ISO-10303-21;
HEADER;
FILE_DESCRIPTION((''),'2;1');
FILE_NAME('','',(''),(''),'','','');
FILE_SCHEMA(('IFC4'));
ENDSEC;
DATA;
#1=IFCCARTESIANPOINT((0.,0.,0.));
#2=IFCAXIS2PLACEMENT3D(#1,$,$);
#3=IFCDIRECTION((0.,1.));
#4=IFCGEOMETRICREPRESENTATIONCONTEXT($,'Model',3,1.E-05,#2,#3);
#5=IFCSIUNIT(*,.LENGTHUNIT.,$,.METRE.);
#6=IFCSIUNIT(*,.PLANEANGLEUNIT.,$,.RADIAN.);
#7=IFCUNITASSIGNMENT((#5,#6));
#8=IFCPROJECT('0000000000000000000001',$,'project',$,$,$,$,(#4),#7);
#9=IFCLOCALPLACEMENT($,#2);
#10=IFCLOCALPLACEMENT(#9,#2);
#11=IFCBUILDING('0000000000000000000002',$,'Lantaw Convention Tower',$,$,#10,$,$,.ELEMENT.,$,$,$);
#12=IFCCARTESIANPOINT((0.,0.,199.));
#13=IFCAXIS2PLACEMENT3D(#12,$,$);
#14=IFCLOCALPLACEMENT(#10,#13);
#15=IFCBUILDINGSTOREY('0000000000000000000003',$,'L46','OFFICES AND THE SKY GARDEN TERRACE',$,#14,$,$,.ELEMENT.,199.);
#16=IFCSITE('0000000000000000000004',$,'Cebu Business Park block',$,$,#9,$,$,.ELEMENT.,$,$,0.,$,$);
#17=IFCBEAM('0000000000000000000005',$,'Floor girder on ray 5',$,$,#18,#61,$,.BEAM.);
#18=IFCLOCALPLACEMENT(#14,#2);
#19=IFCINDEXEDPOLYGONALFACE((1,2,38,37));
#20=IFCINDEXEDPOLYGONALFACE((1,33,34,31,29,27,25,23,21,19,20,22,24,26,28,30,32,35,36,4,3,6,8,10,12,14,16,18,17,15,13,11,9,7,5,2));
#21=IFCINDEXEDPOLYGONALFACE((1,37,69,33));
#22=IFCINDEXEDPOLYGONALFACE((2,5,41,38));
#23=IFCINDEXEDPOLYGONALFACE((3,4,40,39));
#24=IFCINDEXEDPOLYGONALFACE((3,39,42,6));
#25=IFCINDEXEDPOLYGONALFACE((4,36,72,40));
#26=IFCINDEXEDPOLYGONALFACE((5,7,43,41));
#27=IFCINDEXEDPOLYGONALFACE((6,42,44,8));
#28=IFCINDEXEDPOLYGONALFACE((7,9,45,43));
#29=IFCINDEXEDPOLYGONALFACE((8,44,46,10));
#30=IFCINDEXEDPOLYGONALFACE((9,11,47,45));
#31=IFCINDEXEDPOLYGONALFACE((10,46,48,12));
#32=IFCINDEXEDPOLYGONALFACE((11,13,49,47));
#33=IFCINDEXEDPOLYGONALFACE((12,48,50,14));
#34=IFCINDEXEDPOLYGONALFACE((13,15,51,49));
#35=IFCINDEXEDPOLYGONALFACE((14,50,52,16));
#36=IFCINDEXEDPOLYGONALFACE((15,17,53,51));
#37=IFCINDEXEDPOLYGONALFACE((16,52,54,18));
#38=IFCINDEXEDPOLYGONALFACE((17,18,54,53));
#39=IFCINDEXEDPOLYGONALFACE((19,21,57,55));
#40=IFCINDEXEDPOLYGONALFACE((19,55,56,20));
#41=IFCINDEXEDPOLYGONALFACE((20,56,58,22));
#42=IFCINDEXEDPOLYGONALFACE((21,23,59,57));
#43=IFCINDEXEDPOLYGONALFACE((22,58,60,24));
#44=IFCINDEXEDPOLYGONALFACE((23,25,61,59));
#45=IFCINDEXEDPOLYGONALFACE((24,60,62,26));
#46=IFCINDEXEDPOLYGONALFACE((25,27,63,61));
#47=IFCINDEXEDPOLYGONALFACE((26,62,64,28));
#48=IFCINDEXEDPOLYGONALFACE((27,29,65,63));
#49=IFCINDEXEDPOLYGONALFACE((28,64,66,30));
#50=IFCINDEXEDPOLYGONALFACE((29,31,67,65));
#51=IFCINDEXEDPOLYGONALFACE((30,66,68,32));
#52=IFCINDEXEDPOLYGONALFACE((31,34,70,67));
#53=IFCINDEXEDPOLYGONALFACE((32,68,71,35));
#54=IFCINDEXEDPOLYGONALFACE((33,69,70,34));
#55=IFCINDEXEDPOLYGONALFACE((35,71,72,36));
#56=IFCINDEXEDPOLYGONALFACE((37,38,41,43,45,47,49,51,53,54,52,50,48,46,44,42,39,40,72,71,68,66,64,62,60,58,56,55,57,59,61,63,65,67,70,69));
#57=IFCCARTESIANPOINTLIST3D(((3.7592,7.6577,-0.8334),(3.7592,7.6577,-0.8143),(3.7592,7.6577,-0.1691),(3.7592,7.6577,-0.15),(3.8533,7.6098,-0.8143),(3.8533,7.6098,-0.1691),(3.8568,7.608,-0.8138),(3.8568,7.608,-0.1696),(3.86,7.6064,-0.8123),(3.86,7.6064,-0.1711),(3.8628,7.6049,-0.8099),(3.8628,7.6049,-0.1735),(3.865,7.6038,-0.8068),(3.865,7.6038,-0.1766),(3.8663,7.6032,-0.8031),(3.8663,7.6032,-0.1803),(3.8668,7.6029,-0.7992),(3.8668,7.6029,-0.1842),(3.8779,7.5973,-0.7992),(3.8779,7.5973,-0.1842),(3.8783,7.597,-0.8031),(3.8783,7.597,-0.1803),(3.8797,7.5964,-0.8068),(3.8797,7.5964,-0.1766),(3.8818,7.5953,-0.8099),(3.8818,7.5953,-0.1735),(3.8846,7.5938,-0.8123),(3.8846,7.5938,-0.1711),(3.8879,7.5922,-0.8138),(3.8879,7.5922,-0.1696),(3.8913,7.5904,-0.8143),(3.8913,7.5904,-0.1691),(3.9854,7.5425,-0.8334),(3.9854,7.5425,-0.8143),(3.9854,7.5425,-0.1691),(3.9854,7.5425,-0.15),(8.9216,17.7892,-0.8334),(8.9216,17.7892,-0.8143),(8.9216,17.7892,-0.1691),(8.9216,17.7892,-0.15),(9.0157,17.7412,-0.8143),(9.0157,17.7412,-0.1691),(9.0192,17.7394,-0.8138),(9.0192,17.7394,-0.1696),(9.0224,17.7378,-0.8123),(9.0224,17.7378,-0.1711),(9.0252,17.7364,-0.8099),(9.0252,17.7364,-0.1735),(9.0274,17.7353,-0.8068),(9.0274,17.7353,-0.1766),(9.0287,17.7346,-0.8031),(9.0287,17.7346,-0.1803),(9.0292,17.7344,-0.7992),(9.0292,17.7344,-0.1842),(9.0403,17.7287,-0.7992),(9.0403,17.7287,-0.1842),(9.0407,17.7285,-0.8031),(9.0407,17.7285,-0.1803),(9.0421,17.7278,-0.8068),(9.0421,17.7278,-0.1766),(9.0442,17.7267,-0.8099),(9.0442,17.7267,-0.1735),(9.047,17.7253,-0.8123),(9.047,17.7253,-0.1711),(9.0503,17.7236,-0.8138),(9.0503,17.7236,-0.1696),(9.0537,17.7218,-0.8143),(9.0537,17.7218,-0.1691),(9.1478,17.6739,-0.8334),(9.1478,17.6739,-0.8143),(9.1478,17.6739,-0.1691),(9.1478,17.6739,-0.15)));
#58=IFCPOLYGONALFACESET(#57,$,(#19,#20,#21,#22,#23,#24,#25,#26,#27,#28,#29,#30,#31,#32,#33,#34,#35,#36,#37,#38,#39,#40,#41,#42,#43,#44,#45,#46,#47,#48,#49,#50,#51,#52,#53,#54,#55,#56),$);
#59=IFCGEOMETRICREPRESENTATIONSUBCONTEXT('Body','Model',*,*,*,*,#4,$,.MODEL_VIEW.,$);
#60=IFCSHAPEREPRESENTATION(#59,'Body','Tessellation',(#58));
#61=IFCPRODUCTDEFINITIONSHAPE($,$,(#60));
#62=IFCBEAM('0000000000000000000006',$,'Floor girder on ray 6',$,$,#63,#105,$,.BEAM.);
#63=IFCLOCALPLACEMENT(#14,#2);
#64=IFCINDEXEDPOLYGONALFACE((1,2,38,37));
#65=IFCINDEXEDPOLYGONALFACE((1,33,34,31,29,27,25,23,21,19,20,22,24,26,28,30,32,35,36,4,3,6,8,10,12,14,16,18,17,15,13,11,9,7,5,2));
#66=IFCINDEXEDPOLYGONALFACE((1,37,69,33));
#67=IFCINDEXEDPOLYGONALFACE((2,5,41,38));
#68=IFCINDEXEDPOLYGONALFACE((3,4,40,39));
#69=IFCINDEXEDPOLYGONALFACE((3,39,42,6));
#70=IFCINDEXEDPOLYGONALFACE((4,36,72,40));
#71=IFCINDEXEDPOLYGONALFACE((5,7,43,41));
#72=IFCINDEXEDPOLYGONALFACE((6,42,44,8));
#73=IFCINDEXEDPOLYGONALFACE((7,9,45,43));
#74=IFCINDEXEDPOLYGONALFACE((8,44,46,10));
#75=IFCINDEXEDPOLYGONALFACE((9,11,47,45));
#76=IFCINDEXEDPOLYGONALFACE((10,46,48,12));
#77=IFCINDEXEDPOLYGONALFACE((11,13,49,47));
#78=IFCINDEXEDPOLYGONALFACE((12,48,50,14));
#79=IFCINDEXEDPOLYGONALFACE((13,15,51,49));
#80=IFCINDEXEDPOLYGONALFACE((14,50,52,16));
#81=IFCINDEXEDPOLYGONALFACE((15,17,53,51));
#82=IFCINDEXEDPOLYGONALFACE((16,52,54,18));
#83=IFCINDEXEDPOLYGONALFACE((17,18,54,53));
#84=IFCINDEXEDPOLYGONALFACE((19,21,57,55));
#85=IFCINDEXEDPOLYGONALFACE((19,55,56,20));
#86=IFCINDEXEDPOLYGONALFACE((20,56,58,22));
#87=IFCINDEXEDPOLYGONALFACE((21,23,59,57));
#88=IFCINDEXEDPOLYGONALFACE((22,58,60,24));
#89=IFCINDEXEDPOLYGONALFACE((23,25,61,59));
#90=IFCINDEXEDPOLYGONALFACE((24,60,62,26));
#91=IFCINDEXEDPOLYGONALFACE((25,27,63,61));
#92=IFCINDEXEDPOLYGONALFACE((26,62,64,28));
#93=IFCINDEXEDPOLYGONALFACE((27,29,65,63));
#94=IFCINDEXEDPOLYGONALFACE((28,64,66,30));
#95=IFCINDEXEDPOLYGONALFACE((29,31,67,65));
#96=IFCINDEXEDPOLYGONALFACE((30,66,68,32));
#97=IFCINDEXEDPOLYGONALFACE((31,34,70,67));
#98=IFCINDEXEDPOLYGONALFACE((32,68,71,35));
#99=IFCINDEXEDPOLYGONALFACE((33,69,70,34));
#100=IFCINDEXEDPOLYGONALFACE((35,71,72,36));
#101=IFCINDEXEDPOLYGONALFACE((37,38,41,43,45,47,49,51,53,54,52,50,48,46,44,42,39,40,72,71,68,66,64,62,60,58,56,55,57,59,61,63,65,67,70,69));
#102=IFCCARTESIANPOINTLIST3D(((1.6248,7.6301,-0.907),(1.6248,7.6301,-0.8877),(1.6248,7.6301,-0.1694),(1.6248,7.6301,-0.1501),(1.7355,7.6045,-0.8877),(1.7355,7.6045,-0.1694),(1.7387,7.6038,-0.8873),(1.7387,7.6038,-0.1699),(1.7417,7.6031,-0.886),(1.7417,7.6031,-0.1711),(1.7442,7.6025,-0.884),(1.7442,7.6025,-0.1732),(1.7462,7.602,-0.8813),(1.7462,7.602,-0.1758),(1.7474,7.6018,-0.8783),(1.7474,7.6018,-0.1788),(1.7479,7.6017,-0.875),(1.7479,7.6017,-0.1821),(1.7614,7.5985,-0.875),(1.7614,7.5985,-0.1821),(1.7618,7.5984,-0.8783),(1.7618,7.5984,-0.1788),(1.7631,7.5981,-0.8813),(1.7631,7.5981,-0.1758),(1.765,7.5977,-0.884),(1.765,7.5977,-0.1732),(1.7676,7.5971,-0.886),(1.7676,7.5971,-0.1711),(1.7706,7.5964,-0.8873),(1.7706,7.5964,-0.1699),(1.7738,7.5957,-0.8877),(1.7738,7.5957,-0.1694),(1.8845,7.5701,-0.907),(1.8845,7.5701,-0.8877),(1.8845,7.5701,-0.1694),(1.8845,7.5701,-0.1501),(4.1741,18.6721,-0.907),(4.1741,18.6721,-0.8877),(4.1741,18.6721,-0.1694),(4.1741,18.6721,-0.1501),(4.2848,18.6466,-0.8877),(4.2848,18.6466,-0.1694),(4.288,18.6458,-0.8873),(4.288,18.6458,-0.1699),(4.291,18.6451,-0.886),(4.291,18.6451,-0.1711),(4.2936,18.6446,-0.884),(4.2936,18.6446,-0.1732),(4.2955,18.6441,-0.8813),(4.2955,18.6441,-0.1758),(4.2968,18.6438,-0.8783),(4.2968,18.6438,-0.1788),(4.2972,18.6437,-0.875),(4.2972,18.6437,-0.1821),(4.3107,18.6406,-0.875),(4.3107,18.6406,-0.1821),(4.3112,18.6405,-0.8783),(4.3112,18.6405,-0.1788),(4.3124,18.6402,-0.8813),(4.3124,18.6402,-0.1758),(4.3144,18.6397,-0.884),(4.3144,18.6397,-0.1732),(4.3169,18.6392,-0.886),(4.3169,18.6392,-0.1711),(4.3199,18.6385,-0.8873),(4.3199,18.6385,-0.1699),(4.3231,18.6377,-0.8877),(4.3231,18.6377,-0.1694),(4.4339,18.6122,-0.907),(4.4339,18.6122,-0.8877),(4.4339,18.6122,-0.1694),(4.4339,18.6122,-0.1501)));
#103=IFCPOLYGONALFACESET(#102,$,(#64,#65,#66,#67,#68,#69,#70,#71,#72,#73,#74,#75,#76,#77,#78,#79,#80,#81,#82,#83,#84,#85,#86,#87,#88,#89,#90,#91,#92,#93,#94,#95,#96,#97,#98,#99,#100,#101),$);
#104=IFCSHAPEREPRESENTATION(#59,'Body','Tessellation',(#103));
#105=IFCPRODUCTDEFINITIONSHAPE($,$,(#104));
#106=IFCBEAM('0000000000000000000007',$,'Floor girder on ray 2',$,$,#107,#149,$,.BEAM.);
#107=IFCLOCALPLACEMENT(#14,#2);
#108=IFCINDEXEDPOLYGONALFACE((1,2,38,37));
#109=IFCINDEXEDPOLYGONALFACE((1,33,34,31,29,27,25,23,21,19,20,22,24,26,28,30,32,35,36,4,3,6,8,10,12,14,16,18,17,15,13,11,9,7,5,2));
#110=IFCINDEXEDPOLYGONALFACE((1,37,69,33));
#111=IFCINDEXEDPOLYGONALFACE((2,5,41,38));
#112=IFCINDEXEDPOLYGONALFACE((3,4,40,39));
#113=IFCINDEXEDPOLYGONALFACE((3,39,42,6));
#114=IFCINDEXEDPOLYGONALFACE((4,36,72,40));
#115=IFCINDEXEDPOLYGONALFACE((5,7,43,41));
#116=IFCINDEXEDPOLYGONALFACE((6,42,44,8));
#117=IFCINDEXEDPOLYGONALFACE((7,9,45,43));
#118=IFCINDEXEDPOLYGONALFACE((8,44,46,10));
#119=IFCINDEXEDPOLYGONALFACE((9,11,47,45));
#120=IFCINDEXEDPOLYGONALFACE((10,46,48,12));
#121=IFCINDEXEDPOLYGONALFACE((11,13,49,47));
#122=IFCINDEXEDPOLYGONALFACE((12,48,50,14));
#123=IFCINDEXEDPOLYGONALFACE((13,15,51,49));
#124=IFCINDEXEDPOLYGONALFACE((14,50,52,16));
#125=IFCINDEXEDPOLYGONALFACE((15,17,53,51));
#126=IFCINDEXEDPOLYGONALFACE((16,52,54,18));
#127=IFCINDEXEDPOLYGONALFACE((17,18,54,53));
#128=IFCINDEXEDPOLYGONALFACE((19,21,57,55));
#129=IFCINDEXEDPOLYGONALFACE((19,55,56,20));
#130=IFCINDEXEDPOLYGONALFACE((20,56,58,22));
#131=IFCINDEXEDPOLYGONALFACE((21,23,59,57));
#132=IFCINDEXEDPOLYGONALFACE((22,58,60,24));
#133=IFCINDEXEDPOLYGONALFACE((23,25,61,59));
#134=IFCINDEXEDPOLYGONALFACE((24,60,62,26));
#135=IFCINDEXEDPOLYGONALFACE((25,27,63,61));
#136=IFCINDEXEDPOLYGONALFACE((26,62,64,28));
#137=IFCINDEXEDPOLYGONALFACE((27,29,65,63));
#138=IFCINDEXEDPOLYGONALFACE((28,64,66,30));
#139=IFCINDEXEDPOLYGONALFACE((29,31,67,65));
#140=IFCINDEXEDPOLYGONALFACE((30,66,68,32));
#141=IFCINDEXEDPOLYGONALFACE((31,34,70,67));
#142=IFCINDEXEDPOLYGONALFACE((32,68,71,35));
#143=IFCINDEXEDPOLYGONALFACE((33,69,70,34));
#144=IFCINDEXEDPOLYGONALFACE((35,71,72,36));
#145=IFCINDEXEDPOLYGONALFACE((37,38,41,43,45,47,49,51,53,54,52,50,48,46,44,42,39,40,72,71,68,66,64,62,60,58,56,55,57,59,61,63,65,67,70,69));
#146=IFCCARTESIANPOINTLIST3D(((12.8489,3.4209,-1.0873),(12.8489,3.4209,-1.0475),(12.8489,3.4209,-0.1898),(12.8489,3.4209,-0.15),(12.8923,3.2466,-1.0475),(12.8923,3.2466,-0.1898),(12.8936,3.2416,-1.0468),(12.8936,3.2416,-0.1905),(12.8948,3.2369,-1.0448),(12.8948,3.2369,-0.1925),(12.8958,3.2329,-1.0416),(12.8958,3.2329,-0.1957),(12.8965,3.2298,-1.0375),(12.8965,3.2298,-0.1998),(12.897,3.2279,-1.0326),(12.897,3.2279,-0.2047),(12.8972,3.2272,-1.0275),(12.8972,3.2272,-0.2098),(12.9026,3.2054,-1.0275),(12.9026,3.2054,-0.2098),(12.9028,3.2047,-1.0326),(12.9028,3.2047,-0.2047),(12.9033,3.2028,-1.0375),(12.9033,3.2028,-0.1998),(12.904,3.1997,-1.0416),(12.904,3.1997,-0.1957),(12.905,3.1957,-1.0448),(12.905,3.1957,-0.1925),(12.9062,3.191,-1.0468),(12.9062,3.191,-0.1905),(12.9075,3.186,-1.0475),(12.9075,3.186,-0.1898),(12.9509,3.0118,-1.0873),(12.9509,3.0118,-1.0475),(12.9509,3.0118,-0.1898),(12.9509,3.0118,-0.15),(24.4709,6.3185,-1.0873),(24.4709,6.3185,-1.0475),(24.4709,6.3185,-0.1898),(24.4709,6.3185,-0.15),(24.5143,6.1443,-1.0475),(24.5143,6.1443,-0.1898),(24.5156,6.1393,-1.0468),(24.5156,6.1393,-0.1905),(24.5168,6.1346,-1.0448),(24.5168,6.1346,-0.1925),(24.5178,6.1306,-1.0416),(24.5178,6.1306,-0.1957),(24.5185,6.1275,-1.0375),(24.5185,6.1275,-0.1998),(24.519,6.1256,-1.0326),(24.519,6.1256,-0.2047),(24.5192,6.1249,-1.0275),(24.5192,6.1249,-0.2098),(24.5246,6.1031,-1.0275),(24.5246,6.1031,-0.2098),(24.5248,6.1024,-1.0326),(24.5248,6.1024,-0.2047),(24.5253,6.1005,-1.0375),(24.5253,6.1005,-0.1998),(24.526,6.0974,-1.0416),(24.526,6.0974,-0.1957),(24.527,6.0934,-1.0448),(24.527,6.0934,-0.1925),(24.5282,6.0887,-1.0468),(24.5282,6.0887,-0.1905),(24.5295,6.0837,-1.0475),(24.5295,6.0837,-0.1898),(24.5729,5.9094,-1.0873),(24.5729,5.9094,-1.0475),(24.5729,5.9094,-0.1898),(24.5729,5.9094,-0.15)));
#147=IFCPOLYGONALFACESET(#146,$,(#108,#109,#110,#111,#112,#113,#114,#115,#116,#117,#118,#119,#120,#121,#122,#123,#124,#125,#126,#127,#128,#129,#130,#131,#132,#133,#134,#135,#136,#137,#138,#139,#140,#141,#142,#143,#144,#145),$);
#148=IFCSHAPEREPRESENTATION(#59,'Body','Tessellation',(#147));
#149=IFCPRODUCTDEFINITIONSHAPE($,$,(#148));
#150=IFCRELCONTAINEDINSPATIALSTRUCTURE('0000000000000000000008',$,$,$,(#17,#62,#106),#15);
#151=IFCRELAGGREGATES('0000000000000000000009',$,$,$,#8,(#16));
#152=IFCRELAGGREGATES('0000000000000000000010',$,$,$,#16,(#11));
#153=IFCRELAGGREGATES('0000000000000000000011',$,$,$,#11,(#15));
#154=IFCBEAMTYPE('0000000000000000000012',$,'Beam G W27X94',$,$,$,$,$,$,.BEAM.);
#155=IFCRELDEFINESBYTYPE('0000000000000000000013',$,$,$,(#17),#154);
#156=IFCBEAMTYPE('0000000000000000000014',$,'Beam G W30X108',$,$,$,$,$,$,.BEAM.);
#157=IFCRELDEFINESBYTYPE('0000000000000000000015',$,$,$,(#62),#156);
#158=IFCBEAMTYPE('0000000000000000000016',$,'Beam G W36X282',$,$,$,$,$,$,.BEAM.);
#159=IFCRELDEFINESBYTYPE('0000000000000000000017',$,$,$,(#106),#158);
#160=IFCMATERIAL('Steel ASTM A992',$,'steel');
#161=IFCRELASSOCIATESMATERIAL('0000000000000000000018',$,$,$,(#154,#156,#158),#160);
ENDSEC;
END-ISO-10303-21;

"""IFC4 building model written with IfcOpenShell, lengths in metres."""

from ifc_helpers import new_model, si_unit, direction, frame, origin, origin_2d, place, context, subcontext, project, spatial, i_section, extrude, material, material_profile, profile_set, type_object, element, save


model = new_model("IFC4")

# Units and contexts
model_context = context("Model", 3, precision=1e-05, world=origin(), true_north=direction((0.0, 1.0)))
body_context = subcontext(model_context, "Body", "Model", "MODEL_VIEW")
ifc_project = project(units=[si_unit("LENGTHUNIT", "METRE"), si_unit("PLANEANGLEUNIT", "RADIAN")], contexts=[model_context])

# Site, building, storey
site_placement = place(None, origin())
site = spatial("IfcSite", under=ifc_project, at=site_placement, Name="Cebu Business Park block", CompositionType="ELEMENT", RefElevation=0.0)
building_placement = place(site_placement, origin())
building = spatial("IfcBuilding", under=site, at=building_placement, Name="Lantaw Convention Tower", CompositionType="ELEMENT")
storey_placement = place(building_placement, frame((0.0, 0.0, 199.0)))
storey = spatial("IfcBuildingStorey", under=building, at=storey_placement, Name="L46", Description="OFFICES AND THE SKY GARDEN TERRACE", CompositionType="ELEMENT", Elevation=199.0)

# Beams
ifc_material_1 = material(Name="Steel ASTM A992", Category="steel")
ifc_material_profile_1 = material_profile(ifc_material_1, i_section(OverallWidth=0.2539, OverallDepth=0.6833, WebThickness=0.0125, FlangeThickness=0.019, FilletRadius=0.0151, at=origin_2d()), Name="W27X94")
ifc_profile_set_1 = profile_set([ifc_material_profile_1], Name="Steel ASTM A992")
beam_type_1 = type_object("IfcBeamType", Name="Beam G W27X94", PredefinedType="BEAM", material=ifc_profile_set_1)
beam_1_placement = place(storey_placement, frame((3.8723, 7.6001, -0.4917), z_axis=(0.454003, 0.891, 0.0), x_axis=(-0.891, 0.454003, 0.0)))
element("IfcBeam", 1, at=beam_1_placement, inside=storey, type_object=beam_type_1, Name="Floor girder on ray 5", PredefinedType="BEAM", context=body_context, shape_type="SweptSolid", body=[
    extrude(i_section(OverallWidth=0.2539, OverallDepth=0.6833, WebThickness=0.0125, FlangeThickness=0.019, FilletRadius=0.0151, at=origin_2d()), origin(), (0.0, 0.0, 1.0), 11.3708),
])
ifc_material_profile_2 = material_profile(ifc_material_1, i_section(OverallWidth=0.2666, OverallDepth=0.7568, WebThickness=0.0139, FlangeThickness=0.0193, FilletRadius=0.0127, at=origin_2d()), Name="W30X108")
ifc_profile_set_2 = profile_set([ifc_material_profile_2], Name="Steel ASTM A992")
beam_type_2 = type_object("IfcBeamType", Name="Beam G W30X108", PredefinedType="BEAM", material=ifc_profile_set_2)
beam_2_placement = place(storey_placement, frame((1.7546, 7.6001, -0.5286), z_axis=(0.224957, 0.974369, 0.0), x_axis=(-0.974369, 0.224957, 0.0)))
element("IfcBeam", 2, at=beam_2_placement, inside=storey, type_object=beam_type_2, Name="Floor girder on ray 6", PredefinedType="BEAM", context=body_context, shape_type="SweptSolid", body=[
    extrude(i_section(OverallWidth=0.2666, OverallDepth=0.7568, WebThickness=0.0139, FlangeThickness=0.0193, FilletRadius=0.0127, at=origin_2d()), origin(), (0.0, 0.0, 1.0), 11.3325),
])
ifc_material_profile_3 = material_profile(ifc_material_1, i_section(OverallWidth=0.4216, OverallDepth=0.9373, WebThickness=0.0225, FlangeThickness=0.0398, FilletRadius=0.02, at=origin_2d()), Name="W36X282")
ifc_profile_set_3 = profile_set([ifc_material_profile_3], Name="Steel ASTM A992")
beam_type_3 = type_object("IfcBeamType", Name="Beam G W36X282", PredefinedType="BEAM", material=ifc_profile_set_3)
beam_3_placement = place(storey_placement, frame((12.8999, 3.2163, -0.6187), z_axis=(0.970296, 0.241922, 0.0), x_axis=(-0.241922, 0.970296, 0.0)))
element("IfcBeam", 3, at=beam_3_placement, inside=storey, type_object=beam_type_3, Name="Floor girder on ray 2", PredefinedType="BEAM", context=body_context, shape_type="SweptSolid", body=[
    extrude(i_section(OverallWidth=0.4216, OverallDepth=0.9373, WebThickness=0.0225, FlangeThickness=0.0398, FilletRadius=0.02, at=origin_2d()), origin(), (0.0, 0.0, 1.0), 11.9778),
])

save(model, "model.ifc")
